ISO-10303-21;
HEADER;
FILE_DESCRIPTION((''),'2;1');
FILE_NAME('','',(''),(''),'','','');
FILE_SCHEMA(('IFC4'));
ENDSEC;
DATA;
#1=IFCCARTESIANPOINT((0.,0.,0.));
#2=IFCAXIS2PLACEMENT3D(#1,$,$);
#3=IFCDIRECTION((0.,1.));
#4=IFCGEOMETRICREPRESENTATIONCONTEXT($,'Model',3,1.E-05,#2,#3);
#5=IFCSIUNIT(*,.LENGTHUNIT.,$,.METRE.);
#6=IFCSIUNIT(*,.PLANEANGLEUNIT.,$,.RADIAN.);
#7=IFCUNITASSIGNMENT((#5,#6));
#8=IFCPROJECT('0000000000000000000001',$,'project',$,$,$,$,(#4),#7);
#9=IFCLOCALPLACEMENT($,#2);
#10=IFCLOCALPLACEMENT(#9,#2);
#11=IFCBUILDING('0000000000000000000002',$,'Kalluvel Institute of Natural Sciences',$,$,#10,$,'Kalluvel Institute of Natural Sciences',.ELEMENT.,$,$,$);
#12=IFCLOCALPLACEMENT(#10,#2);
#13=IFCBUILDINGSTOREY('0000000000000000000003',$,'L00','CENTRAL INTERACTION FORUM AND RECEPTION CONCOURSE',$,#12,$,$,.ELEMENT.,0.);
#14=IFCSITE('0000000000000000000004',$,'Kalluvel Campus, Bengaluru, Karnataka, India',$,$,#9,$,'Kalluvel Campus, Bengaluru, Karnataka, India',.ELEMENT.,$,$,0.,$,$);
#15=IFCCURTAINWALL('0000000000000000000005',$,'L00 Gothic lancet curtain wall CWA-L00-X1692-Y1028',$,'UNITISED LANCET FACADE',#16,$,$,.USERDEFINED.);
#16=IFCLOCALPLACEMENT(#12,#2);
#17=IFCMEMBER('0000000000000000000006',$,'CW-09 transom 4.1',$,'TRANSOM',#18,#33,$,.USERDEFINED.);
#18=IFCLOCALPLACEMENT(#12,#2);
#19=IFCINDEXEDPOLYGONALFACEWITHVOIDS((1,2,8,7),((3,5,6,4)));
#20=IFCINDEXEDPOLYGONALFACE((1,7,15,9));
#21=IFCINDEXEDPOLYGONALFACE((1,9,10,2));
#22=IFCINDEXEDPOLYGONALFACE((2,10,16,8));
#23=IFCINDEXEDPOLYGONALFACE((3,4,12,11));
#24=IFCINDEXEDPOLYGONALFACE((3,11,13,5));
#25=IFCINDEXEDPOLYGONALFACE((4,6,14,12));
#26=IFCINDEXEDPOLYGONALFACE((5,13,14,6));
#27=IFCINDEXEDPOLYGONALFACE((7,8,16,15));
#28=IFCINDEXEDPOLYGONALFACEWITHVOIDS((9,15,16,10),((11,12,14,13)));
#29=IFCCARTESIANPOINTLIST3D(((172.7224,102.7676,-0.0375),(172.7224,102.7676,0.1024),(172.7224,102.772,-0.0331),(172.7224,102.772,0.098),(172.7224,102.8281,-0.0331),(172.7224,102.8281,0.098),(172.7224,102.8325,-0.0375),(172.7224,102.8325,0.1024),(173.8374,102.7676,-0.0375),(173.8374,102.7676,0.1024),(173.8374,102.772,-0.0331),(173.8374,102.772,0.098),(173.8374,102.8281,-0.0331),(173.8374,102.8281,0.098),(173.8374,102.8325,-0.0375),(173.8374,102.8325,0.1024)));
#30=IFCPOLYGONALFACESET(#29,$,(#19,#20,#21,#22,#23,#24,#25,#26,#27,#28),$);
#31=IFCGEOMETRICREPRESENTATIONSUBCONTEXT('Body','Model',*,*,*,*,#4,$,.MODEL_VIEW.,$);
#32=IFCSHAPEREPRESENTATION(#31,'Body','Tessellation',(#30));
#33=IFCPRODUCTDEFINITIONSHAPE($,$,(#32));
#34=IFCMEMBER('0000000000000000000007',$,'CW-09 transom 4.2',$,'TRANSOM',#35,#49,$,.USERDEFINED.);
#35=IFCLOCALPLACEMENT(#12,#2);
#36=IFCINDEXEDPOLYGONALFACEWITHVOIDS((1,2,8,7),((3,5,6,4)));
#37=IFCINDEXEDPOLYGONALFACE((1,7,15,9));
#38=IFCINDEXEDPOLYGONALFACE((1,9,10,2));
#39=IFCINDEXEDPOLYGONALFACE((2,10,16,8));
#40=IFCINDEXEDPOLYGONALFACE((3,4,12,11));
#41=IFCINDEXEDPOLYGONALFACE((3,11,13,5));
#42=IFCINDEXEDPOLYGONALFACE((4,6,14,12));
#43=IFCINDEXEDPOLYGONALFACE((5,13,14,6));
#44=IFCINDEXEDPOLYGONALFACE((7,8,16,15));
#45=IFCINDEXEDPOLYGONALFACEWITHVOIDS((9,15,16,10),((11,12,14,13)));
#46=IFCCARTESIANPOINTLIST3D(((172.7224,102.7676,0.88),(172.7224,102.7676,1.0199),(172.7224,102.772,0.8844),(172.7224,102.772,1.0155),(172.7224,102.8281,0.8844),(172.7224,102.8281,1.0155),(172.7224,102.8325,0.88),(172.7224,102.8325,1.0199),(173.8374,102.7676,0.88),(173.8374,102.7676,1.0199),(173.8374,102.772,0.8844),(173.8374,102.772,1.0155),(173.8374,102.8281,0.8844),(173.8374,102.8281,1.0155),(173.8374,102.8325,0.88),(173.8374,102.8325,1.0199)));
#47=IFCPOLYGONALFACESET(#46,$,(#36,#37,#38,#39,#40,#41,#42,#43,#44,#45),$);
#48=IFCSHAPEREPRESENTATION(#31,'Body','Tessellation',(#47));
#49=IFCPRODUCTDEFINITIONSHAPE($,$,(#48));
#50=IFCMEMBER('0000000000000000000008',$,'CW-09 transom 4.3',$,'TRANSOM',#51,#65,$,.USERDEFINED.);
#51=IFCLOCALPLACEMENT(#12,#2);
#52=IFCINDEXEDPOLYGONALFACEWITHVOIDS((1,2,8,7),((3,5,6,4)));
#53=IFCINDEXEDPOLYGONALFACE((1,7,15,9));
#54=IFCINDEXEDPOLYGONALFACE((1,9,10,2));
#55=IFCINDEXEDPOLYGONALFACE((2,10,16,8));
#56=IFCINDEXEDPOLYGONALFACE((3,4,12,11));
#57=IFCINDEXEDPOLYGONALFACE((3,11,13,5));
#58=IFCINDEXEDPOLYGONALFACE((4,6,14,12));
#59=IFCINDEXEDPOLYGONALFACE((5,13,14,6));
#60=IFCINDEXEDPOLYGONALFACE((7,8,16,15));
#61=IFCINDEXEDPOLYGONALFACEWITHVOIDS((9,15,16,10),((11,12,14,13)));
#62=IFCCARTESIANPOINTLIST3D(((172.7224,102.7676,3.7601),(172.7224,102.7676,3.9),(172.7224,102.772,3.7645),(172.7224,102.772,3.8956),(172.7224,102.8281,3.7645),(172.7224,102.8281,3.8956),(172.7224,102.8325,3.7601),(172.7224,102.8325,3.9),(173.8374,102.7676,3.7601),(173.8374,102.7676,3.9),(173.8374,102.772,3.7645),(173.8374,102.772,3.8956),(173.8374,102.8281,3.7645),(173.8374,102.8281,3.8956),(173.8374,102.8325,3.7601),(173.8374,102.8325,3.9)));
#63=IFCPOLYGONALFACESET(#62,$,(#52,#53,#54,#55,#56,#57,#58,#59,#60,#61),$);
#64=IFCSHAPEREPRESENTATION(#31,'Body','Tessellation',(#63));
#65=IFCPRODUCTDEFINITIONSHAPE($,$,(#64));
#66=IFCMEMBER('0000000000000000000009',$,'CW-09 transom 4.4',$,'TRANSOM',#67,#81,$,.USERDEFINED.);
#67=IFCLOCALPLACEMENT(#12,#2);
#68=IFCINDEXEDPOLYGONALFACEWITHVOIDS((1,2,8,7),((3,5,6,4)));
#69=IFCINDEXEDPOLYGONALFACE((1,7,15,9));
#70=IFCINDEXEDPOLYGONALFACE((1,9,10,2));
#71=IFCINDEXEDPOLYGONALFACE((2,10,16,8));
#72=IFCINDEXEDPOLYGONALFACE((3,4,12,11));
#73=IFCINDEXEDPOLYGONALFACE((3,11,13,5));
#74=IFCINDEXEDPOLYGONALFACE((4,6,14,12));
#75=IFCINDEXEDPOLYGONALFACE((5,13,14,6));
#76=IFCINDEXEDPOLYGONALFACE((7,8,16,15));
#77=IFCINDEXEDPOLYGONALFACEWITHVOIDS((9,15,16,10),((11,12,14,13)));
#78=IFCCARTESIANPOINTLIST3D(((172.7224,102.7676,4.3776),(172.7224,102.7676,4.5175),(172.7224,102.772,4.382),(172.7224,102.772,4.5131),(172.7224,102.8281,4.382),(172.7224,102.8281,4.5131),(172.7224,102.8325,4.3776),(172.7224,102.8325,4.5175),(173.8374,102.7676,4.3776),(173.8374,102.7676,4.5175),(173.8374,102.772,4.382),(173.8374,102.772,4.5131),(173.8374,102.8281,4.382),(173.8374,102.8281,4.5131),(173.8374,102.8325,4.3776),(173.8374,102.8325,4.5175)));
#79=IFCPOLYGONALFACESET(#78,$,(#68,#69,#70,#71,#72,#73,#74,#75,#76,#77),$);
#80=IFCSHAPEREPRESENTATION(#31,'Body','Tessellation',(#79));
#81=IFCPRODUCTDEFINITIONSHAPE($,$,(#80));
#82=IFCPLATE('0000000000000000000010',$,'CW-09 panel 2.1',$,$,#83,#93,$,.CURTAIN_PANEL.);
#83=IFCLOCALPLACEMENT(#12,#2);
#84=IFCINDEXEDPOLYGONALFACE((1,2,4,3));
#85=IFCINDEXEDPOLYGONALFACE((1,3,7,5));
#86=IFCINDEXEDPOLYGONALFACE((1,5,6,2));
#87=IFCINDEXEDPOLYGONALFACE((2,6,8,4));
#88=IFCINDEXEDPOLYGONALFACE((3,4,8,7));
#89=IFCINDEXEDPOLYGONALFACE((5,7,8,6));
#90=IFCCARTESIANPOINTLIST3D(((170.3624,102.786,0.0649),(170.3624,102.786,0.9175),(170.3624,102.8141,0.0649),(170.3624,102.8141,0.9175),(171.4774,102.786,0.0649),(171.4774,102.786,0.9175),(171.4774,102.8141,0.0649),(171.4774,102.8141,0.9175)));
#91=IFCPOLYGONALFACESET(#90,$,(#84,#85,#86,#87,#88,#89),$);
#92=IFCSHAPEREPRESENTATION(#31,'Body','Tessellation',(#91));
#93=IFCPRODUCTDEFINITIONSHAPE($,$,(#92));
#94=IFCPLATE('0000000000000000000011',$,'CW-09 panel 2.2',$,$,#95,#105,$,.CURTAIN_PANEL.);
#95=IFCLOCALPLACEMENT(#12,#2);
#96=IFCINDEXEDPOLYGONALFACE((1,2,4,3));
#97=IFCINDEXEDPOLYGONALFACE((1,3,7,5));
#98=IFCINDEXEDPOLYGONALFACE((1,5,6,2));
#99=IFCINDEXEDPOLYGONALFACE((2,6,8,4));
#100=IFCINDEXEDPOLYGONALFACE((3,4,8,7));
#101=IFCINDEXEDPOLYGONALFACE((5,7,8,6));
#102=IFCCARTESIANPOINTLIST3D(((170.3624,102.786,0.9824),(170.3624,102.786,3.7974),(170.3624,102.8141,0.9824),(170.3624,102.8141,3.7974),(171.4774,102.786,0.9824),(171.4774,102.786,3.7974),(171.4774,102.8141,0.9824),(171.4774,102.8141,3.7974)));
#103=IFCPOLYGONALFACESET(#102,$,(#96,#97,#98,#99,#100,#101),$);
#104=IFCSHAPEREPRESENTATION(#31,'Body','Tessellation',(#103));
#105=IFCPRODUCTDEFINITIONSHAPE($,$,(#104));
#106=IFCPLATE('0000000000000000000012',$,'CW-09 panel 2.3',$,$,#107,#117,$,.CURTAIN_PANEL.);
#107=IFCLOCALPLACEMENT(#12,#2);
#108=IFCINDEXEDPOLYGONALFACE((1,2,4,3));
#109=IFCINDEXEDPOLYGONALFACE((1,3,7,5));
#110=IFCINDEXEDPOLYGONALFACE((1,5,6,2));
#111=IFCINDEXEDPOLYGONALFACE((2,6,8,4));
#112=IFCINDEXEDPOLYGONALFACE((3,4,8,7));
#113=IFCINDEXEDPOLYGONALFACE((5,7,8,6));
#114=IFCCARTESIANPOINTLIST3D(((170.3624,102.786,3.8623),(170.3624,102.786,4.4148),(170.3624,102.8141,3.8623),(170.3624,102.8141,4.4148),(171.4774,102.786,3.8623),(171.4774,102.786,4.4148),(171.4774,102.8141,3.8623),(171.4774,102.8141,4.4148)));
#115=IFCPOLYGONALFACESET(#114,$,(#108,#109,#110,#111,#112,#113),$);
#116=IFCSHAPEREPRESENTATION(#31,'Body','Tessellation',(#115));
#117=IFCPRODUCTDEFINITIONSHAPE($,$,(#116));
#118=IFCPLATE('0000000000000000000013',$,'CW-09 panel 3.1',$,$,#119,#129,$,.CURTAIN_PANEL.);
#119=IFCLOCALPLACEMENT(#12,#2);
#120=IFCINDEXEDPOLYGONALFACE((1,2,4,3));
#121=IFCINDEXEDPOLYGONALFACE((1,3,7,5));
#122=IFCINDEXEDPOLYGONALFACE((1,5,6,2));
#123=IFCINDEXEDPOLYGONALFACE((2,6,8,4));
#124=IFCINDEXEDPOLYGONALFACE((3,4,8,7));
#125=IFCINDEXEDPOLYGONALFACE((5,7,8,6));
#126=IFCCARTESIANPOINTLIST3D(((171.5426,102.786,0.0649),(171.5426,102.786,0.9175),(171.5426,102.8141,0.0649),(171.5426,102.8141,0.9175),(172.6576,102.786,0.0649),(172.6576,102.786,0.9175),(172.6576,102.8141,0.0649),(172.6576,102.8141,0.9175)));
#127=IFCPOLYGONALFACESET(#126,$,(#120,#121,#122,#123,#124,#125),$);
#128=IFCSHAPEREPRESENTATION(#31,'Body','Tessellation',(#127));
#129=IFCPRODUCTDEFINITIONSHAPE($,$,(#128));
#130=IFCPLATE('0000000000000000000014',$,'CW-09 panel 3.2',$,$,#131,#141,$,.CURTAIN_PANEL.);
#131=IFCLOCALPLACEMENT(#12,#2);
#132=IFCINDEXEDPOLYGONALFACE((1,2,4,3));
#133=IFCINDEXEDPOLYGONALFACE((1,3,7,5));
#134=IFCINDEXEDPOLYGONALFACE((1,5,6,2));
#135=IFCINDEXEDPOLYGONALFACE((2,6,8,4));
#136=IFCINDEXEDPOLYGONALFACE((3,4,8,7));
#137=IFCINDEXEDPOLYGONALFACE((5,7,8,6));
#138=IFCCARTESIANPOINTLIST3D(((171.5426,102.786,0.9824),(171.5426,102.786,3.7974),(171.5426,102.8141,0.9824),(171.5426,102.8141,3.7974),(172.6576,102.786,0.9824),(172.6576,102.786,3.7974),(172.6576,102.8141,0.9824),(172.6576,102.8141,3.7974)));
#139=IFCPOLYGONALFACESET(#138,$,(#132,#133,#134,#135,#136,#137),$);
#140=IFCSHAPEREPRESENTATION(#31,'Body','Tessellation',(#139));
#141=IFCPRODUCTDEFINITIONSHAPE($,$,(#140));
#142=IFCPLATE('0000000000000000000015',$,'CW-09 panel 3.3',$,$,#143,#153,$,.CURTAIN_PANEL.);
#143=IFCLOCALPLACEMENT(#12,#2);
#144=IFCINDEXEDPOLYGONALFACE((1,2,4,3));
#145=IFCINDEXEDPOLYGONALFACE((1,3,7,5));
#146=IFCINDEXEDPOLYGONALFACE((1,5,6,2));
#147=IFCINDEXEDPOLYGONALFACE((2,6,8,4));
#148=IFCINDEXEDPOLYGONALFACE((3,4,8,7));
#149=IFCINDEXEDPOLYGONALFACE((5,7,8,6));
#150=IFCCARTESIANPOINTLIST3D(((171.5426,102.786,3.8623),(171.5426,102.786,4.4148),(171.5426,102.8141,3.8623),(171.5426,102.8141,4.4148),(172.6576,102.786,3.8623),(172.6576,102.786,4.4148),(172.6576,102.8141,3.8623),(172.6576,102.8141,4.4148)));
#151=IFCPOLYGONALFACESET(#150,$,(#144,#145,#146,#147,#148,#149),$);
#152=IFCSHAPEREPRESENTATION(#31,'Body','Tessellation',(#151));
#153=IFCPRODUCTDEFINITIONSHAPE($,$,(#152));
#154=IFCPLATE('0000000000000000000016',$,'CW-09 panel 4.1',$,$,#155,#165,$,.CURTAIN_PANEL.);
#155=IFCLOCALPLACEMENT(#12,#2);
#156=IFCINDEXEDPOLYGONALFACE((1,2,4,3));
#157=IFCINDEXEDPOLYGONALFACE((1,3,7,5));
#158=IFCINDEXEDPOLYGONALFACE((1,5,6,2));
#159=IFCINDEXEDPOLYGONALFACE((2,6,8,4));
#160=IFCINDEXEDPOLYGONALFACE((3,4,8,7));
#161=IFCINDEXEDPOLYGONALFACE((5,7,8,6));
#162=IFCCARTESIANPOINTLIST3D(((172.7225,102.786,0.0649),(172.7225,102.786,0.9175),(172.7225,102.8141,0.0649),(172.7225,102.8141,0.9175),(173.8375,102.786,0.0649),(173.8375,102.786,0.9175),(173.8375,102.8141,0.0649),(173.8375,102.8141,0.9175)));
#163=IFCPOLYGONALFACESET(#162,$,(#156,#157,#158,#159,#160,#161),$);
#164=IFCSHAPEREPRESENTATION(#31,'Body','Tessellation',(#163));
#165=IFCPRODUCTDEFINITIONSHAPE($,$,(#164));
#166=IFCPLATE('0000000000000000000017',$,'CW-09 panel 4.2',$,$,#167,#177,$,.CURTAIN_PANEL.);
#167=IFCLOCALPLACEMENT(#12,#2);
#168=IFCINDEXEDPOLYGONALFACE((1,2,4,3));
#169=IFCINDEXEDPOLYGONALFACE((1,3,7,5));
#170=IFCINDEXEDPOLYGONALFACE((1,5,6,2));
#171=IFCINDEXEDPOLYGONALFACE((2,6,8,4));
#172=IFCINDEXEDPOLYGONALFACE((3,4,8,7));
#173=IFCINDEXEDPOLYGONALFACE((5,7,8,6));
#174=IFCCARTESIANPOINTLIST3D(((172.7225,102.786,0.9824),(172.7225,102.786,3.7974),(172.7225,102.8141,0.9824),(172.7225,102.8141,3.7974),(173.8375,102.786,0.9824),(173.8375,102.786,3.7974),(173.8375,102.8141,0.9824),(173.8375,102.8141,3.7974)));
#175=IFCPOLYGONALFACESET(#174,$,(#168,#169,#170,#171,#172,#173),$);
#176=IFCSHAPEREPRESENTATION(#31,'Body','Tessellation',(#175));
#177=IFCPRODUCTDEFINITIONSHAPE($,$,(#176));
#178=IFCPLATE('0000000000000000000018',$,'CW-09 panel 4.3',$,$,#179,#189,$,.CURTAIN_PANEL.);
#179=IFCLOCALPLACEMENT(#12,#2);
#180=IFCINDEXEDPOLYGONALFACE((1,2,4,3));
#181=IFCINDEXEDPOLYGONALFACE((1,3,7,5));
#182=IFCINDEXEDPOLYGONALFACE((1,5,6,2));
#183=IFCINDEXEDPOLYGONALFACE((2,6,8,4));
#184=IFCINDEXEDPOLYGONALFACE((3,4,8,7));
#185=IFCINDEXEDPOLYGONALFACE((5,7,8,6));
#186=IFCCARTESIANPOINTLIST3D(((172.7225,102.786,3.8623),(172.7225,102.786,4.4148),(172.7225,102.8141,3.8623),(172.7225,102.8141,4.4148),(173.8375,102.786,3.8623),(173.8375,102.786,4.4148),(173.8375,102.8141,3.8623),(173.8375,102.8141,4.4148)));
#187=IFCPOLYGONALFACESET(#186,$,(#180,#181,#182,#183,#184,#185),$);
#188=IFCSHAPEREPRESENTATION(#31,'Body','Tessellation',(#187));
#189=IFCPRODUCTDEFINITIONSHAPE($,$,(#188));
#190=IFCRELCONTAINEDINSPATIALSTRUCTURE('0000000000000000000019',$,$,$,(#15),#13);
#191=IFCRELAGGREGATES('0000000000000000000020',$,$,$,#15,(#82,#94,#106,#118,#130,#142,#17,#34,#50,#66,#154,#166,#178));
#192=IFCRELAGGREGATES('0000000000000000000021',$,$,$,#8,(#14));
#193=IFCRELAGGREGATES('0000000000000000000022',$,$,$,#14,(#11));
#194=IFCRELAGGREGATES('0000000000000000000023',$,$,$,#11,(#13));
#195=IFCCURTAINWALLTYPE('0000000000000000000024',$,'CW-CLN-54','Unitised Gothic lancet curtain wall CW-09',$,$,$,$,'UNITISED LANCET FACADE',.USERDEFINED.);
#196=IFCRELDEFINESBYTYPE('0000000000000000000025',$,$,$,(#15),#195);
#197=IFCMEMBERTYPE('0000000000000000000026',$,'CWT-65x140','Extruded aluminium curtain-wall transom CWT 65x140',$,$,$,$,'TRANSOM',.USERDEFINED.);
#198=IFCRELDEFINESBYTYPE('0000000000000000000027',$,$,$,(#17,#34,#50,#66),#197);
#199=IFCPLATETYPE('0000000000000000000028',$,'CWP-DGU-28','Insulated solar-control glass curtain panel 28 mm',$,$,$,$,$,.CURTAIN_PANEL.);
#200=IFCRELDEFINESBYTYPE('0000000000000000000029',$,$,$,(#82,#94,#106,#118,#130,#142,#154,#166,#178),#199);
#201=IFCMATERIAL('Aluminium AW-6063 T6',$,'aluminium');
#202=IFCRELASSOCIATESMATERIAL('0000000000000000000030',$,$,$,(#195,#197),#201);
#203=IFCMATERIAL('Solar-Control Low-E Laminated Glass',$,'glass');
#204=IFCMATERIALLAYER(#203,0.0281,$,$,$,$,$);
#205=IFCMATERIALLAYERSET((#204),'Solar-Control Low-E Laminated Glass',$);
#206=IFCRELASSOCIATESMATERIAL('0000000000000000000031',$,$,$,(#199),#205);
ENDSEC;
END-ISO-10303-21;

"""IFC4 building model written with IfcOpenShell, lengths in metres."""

from ifc_helpers import new_model, si_unit, direction, frame, origin, origin_2d, place, context, subcontext, project, spatial, rectangle, hollow_rectangle, extrude, material, layer, layer_set, material_profile, profile_set, type_object, element, aggregate, save


model = new_model("IFC4")

# Units and contexts
model_context = context("Model", 3, precision=1e-05, world=origin(), true_north=direction((0.0, 1.0)))
body_context = subcontext(model_context, "Body", "Model", "MODEL_VIEW")
ifc_project = project(units=[si_unit("LENGTHUNIT", "METRE"), si_unit("PLANEANGLEUNIT", "RADIAN")], contexts=[model_context])

# Site, building, storey
site_placement = place(None, origin())
site = spatial("IfcSite", under=ifc_project, at=site_placement, Name="Kalluvel Campus, Bengaluru, Karnataka, India", LongName="Kalluvel Campus, Bengaluru, Karnataka, India", CompositionType="ELEMENT", RefElevation=0.0)
building_placement = place(site_placement, origin())
building = spatial("IfcBuilding", under=site, at=building_placement, Name="Kalluvel Institute of Natural Sciences", LongName="Kalluvel Institute of Natural Sciences", CompositionType="ELEMENT")
storey_placement = place(building_placement, origin())
storey = spatial("IfcBuildingStorey", under=building, at=storey_placement, Name="L00", Description="CENTRAL INTERACTION FORUM AND RECEPTION CONCOURSE", CompositionType="ELEMENT", Elevation=0.0)

# Curtain wall, members, plates
ifc_material_1 = material(Name="Aluminium AW-6063 T6", Category="aluminium")
curtain_wall_type = type_object("IfcCurtainWallType", Name="CW-CLN-54", Description="Unitised Gothic lancet curtain wall CW-09", ElementType="UNITISED LANCET FACADE", PredefinedType="USERDEFINED", material=ifc_material_1)
curtain_wall_placement = place(storey_placement, origin())
curtain_wall = element("IfcCurtainWall", 1, at=curtain_wall_placement, inside=storey, type_object=curtain_wall_type, Name="L00 Gothic lancet curtain wall CWA-L00-X1692-Y1028", ObjectType="UNITISED LANCET FACADE", PredefinedType="USERDEFINED")
ifc_material_profile_1 = material_profile(ifc_material_1, hollow_rectangle(XDim=0.0649, YDim=0.1399, WallThickness=0.0044, at=origin_2d()), Name="CWT 65x140")
ifc_profile_set_1 = profile_set([ifc_material_profile_1], Name="Aluminium AW-6063 T6")
member_type_1 = type_object("IfcMemberType", Name="CWT-65x140", Description="Extruded aluminium curtain-wall transom CWT 65x140", ElementType="TRANSOM", PredefinedType="USERDEFINED", material=ifc_profile_set_1)
member_1_placement = place(storey_placement, frame((172.7224, 102.8, 0.0325), z_axis=(1.0, 0.0, 0.0), x_axis=(0.0, 1.0, 0.0)))
member_1 = element("IfcMember", 2, at=member_1_placement, type_object=member_type_1, Name="CW-09 transom 4.1", ObjectType="TRANSOM", PredefinedType="USERDEFINED", context=body_context, shape_type="SweptSolid", body=[
    extrude(hollow_rectangle(XDim=0.0649, YDim=0.1399, WallThickness=0.0044, at=origin_2d()), origin(), (0.0, 0.0, 1.0), 1.115),
])
member_2_placement = place(storey_placement, frame((172.7224, 102.8, 0.95), z_axis=(1.0, 0.0, 0.0), x_axis=(0.0, 1.0, 0.0)))
member_2 = element("IfcMember", 3, at=member_2_placement, type_object=member_type_1, Name="CW-09 transom 4.2", ObjectType="TRANSOM", PredefinedType="USERDEFINED", context=body_context, shape_type="SweptSolid", body=[
    extrude(hollow_rectangle(XDim=0.0649, YDim=0.1399, WallThickness=0.0044, at=origin_2d()), origin(), (0.0, 0.0, 1.0), 1.115),
])
member_3_placement = place(storey_placement, frame((172.7224, 102.8, 3.8301), z_axis=(1.0, 0.0, 0.0), x_axis=(0.0, 1.0, 0.0)))
member_3 = element("IfcMember", 4, at=member_3_placement, type_object=member_type_1, Name="CW-09 transom 4.3", ObjectType="TRANSOM", PredefinedType="USERDEFINED", context=body_context, shape_type="SweptSolid", body=[
    extrude(hollow_rectangle(XDim=0.0649, YDim=0.1399, WallThickness=0.0044, at=origin_2d()), origin(), (0.0, 0.0, 1.0), 1.115),
])
member_4_placement = place(storey_placement, frame((172.7224, 102.8, 4.4475), z_axis=(1.0, 0.0, 0.0), x_axis=(0.0, 1.0, 0.0)))
member_4 = element("IfcMember", 5, at=member_4_placement, type_object=member_type_1, Name="CW-09 transom 4.4", ObjectType="TRANSOM", PredefinedType="USERDEFINED", context=body_context, shape_type="SweptSolid", body=[
    extrude(hollow_rectangle(XDim=0.0649, YDim=0.1399, WallThickness=0.0044, at=origin_2d()), origin(), (0.0, 0.0, 1.0), 1.115),
])
ifc_material_2 = material(Name="Solar-Control Low-E Laminated Glass", Category="glass")
ifc_layer = layer(ifc_material_2, 0.0281)
ifc_layer_set = layer_set([ifc_layer], Name="Solar-Control Low-E Laminated Glass")
plate_type = type_object("IfcPlateType", Name="CWP-DGU-28", Description="Insulated solar-control glass curtain panel 28 mm", PredefinedType="CURTAIN_PANEL", material=ifc_layer_set)
plate_1_placement = place(storey_placement, frame((170.9199, 102.8, 0.0649), z_axis=(0.0, 0.0, 1.0), x_axis=(1.0, 0.0, 0.0)))
plate_1 = element("IfcPlate", 6, at=plate_1_placement, type_object=plate_type, Name="CW-09 panel 2.1", PredefinedType="CURTAIN_PANEL", context=body_context, shape_type="SweptSolid", body=[
    extrude(rectangle(XDim=1.115, YDim=0.0281, at=origin_2d()), origin(), (0.0, 0.0, 1.0), 0.8525),
])
plate_2_placement = place(storey_placement, frame((170.9199, 102.8, 0.9824), z_axis=(0.0, 0.0, 1.0), x_axis=(1.0, 0.0, 0.0)))
plate_2 = element("IfcPlate", 7, at=plate_2_placement, type_object=plate_type, Name="CW-09 panel 2.2", PredefinedType="CURTAIN_PANEL", context=body_context, shape_type="SweptSolid", body=[
    extrude(rectangle(XDim=1.115, YDim=0.0281, at=origin_2d()), origin(), (0.0, 0.0, 1.0), 2.8149),
])
plate_3_placement = place(storey_placement, frame((170.9199, 102.8, 3.8623), z_axis=(0.0, 0.0, 1.0), x_axis=(1.0, 0.0, 0.0)))
plate_3 = element("IfcPlate", 8, at=plate_3_placement, type_object=plate_type, Name="CW-09 panel 2.3", PredefinedType="CURTAIN_PANEL", context=body_context, shape_type="SweptSolid", body=[
    extrude(rectangle(XDim=1.115, YDim=0.0281, at=origin_2d()), origin(), (0.0, 0.0, 1.0), 0.5525),
])
plate_4_placement = place(storey_placement, frame((172.1001, 102.8, 0.0649), z_axis=(0.0, 0.0, 1.0), x_axis=(1.0, 0.0, 0.0)))
plate_4 = element("IfcPlate", 9, at=plate_4_placement, type_object=plate_type, Name="CW-09 panel 3.1", PredefinedType="CURTAIN_PANEL", context=body_context, shape_type="SweptSolid", body=[
    extrude(rectangle(XDim=1.115, YDim=0.0281, at=origin_2d()), origin(), (0.0, 0.0, 1.0), 0.8525),
])
plate_5_placement = place(storey_placement, frame((172.1001, 102.8, 0.9824), z_axis=(0.0, 0.0, 1.0), x_axis=(1.0, 0.0, 0.0)))
plate_5 = element("IfcPlate", 10, at=plate_5_placement, type_object=plate_type, Name="CW-09 panel 3.2", PredefinedType="CURTAIN_PANEL", context=body_context, shape_type="SweptSolid", body=[
    extrude(rectangle(XDim=1.115, YDim=0.0281, at=origin_2d()), origin(), (0.0, 0.0, 1.0), 2.8149),
])
plate_6_placement = place(storey_placement, frame((172.1001, 102.8, 3.8623), z_axis=(0.0, 0.0, 1.0), x_axis=(1.0, 0.0, 0.0)))
plate_6 = element("IfcPlate", 11, at=plate_6_placement, type_object=plate_type, Name="CW-09 panel 3.3", PredefinedType="CURTAIN_PANEL", context=body_context, shape_type="SweptSolid", body=[
    extrude(rectangle(XDim=1.115, YDim=0.0281, at=origin_2d()), origin(), (0.0, 0.0, 1.0), 0.5525),
])
plate_7_placement = place(storey_placement, frame((173.28, 102.8, 0.0649), z_axis=(0.0, 0.0, 1.0), x_axis=(1.0, 0.0, 0.0)))
plate_7 = element("IfcPlate", 12, at=plate_7_placement, type_object=plate_type, Name="CW-09 panel 4.1", PredefinedType="CURTAIN_PANEL", context=body_context, shape_type="SweptSolid", body=[
    extrude(rectangle(XDim=1.115, YDim=0.0281, at=origin_2d()), origin(), (0.0, 0.0, 1.0), 0.8525),
])
plate_8_placement = place(storey_placement, frame((173.28, 102.8, 0.9824), z_axis=(0.0, 0.0, 1.0), x_axis=(1.0, 0.0, 0.0)))
plate_8 = element("IfcPlate", 13, at=plate_8_placement, type_object=plate_type, Name="CW-09 panel 4.2", PredefinedType="CURTAIN_PANEL", context=body_context, shape_type="SweptSolid", body=[
    extrude(rectangle(XDim=1.115, YDim=0.0281, at=origin_2d()), origin(), (0.0, 0.0, 1.0), 2.8149),
])
plate_9_placement = place(storey_placement, frame((173.28, 102.8, 3.8623), z_axis=(0.0, 0.0, 1.0), x_axis=(1.0, 0.0, 0.0)))
plate_9 = element("IfcPlate", 14, at=plate_9_placement, type_object=plate_type, Name="CW-09 panel 4.3", PredefinedType="CURTAIN_PANEL", context=body_context, shape_type="SweptSolid", body=[
    extrude(rectangle(XDim=1.115, YDim=0.0281, at=origin_2d()), origin(), (0.0, 0.0, 1.0), 0.5525),
])
aggregate(curtain_wall, [plate_1, plate_2, plate_3, plate_4, plate_5, plate_6, member_1, member_2, member_3, member_4, plate_7, plate_8, plate_9])

save(model, "model.ifc")
